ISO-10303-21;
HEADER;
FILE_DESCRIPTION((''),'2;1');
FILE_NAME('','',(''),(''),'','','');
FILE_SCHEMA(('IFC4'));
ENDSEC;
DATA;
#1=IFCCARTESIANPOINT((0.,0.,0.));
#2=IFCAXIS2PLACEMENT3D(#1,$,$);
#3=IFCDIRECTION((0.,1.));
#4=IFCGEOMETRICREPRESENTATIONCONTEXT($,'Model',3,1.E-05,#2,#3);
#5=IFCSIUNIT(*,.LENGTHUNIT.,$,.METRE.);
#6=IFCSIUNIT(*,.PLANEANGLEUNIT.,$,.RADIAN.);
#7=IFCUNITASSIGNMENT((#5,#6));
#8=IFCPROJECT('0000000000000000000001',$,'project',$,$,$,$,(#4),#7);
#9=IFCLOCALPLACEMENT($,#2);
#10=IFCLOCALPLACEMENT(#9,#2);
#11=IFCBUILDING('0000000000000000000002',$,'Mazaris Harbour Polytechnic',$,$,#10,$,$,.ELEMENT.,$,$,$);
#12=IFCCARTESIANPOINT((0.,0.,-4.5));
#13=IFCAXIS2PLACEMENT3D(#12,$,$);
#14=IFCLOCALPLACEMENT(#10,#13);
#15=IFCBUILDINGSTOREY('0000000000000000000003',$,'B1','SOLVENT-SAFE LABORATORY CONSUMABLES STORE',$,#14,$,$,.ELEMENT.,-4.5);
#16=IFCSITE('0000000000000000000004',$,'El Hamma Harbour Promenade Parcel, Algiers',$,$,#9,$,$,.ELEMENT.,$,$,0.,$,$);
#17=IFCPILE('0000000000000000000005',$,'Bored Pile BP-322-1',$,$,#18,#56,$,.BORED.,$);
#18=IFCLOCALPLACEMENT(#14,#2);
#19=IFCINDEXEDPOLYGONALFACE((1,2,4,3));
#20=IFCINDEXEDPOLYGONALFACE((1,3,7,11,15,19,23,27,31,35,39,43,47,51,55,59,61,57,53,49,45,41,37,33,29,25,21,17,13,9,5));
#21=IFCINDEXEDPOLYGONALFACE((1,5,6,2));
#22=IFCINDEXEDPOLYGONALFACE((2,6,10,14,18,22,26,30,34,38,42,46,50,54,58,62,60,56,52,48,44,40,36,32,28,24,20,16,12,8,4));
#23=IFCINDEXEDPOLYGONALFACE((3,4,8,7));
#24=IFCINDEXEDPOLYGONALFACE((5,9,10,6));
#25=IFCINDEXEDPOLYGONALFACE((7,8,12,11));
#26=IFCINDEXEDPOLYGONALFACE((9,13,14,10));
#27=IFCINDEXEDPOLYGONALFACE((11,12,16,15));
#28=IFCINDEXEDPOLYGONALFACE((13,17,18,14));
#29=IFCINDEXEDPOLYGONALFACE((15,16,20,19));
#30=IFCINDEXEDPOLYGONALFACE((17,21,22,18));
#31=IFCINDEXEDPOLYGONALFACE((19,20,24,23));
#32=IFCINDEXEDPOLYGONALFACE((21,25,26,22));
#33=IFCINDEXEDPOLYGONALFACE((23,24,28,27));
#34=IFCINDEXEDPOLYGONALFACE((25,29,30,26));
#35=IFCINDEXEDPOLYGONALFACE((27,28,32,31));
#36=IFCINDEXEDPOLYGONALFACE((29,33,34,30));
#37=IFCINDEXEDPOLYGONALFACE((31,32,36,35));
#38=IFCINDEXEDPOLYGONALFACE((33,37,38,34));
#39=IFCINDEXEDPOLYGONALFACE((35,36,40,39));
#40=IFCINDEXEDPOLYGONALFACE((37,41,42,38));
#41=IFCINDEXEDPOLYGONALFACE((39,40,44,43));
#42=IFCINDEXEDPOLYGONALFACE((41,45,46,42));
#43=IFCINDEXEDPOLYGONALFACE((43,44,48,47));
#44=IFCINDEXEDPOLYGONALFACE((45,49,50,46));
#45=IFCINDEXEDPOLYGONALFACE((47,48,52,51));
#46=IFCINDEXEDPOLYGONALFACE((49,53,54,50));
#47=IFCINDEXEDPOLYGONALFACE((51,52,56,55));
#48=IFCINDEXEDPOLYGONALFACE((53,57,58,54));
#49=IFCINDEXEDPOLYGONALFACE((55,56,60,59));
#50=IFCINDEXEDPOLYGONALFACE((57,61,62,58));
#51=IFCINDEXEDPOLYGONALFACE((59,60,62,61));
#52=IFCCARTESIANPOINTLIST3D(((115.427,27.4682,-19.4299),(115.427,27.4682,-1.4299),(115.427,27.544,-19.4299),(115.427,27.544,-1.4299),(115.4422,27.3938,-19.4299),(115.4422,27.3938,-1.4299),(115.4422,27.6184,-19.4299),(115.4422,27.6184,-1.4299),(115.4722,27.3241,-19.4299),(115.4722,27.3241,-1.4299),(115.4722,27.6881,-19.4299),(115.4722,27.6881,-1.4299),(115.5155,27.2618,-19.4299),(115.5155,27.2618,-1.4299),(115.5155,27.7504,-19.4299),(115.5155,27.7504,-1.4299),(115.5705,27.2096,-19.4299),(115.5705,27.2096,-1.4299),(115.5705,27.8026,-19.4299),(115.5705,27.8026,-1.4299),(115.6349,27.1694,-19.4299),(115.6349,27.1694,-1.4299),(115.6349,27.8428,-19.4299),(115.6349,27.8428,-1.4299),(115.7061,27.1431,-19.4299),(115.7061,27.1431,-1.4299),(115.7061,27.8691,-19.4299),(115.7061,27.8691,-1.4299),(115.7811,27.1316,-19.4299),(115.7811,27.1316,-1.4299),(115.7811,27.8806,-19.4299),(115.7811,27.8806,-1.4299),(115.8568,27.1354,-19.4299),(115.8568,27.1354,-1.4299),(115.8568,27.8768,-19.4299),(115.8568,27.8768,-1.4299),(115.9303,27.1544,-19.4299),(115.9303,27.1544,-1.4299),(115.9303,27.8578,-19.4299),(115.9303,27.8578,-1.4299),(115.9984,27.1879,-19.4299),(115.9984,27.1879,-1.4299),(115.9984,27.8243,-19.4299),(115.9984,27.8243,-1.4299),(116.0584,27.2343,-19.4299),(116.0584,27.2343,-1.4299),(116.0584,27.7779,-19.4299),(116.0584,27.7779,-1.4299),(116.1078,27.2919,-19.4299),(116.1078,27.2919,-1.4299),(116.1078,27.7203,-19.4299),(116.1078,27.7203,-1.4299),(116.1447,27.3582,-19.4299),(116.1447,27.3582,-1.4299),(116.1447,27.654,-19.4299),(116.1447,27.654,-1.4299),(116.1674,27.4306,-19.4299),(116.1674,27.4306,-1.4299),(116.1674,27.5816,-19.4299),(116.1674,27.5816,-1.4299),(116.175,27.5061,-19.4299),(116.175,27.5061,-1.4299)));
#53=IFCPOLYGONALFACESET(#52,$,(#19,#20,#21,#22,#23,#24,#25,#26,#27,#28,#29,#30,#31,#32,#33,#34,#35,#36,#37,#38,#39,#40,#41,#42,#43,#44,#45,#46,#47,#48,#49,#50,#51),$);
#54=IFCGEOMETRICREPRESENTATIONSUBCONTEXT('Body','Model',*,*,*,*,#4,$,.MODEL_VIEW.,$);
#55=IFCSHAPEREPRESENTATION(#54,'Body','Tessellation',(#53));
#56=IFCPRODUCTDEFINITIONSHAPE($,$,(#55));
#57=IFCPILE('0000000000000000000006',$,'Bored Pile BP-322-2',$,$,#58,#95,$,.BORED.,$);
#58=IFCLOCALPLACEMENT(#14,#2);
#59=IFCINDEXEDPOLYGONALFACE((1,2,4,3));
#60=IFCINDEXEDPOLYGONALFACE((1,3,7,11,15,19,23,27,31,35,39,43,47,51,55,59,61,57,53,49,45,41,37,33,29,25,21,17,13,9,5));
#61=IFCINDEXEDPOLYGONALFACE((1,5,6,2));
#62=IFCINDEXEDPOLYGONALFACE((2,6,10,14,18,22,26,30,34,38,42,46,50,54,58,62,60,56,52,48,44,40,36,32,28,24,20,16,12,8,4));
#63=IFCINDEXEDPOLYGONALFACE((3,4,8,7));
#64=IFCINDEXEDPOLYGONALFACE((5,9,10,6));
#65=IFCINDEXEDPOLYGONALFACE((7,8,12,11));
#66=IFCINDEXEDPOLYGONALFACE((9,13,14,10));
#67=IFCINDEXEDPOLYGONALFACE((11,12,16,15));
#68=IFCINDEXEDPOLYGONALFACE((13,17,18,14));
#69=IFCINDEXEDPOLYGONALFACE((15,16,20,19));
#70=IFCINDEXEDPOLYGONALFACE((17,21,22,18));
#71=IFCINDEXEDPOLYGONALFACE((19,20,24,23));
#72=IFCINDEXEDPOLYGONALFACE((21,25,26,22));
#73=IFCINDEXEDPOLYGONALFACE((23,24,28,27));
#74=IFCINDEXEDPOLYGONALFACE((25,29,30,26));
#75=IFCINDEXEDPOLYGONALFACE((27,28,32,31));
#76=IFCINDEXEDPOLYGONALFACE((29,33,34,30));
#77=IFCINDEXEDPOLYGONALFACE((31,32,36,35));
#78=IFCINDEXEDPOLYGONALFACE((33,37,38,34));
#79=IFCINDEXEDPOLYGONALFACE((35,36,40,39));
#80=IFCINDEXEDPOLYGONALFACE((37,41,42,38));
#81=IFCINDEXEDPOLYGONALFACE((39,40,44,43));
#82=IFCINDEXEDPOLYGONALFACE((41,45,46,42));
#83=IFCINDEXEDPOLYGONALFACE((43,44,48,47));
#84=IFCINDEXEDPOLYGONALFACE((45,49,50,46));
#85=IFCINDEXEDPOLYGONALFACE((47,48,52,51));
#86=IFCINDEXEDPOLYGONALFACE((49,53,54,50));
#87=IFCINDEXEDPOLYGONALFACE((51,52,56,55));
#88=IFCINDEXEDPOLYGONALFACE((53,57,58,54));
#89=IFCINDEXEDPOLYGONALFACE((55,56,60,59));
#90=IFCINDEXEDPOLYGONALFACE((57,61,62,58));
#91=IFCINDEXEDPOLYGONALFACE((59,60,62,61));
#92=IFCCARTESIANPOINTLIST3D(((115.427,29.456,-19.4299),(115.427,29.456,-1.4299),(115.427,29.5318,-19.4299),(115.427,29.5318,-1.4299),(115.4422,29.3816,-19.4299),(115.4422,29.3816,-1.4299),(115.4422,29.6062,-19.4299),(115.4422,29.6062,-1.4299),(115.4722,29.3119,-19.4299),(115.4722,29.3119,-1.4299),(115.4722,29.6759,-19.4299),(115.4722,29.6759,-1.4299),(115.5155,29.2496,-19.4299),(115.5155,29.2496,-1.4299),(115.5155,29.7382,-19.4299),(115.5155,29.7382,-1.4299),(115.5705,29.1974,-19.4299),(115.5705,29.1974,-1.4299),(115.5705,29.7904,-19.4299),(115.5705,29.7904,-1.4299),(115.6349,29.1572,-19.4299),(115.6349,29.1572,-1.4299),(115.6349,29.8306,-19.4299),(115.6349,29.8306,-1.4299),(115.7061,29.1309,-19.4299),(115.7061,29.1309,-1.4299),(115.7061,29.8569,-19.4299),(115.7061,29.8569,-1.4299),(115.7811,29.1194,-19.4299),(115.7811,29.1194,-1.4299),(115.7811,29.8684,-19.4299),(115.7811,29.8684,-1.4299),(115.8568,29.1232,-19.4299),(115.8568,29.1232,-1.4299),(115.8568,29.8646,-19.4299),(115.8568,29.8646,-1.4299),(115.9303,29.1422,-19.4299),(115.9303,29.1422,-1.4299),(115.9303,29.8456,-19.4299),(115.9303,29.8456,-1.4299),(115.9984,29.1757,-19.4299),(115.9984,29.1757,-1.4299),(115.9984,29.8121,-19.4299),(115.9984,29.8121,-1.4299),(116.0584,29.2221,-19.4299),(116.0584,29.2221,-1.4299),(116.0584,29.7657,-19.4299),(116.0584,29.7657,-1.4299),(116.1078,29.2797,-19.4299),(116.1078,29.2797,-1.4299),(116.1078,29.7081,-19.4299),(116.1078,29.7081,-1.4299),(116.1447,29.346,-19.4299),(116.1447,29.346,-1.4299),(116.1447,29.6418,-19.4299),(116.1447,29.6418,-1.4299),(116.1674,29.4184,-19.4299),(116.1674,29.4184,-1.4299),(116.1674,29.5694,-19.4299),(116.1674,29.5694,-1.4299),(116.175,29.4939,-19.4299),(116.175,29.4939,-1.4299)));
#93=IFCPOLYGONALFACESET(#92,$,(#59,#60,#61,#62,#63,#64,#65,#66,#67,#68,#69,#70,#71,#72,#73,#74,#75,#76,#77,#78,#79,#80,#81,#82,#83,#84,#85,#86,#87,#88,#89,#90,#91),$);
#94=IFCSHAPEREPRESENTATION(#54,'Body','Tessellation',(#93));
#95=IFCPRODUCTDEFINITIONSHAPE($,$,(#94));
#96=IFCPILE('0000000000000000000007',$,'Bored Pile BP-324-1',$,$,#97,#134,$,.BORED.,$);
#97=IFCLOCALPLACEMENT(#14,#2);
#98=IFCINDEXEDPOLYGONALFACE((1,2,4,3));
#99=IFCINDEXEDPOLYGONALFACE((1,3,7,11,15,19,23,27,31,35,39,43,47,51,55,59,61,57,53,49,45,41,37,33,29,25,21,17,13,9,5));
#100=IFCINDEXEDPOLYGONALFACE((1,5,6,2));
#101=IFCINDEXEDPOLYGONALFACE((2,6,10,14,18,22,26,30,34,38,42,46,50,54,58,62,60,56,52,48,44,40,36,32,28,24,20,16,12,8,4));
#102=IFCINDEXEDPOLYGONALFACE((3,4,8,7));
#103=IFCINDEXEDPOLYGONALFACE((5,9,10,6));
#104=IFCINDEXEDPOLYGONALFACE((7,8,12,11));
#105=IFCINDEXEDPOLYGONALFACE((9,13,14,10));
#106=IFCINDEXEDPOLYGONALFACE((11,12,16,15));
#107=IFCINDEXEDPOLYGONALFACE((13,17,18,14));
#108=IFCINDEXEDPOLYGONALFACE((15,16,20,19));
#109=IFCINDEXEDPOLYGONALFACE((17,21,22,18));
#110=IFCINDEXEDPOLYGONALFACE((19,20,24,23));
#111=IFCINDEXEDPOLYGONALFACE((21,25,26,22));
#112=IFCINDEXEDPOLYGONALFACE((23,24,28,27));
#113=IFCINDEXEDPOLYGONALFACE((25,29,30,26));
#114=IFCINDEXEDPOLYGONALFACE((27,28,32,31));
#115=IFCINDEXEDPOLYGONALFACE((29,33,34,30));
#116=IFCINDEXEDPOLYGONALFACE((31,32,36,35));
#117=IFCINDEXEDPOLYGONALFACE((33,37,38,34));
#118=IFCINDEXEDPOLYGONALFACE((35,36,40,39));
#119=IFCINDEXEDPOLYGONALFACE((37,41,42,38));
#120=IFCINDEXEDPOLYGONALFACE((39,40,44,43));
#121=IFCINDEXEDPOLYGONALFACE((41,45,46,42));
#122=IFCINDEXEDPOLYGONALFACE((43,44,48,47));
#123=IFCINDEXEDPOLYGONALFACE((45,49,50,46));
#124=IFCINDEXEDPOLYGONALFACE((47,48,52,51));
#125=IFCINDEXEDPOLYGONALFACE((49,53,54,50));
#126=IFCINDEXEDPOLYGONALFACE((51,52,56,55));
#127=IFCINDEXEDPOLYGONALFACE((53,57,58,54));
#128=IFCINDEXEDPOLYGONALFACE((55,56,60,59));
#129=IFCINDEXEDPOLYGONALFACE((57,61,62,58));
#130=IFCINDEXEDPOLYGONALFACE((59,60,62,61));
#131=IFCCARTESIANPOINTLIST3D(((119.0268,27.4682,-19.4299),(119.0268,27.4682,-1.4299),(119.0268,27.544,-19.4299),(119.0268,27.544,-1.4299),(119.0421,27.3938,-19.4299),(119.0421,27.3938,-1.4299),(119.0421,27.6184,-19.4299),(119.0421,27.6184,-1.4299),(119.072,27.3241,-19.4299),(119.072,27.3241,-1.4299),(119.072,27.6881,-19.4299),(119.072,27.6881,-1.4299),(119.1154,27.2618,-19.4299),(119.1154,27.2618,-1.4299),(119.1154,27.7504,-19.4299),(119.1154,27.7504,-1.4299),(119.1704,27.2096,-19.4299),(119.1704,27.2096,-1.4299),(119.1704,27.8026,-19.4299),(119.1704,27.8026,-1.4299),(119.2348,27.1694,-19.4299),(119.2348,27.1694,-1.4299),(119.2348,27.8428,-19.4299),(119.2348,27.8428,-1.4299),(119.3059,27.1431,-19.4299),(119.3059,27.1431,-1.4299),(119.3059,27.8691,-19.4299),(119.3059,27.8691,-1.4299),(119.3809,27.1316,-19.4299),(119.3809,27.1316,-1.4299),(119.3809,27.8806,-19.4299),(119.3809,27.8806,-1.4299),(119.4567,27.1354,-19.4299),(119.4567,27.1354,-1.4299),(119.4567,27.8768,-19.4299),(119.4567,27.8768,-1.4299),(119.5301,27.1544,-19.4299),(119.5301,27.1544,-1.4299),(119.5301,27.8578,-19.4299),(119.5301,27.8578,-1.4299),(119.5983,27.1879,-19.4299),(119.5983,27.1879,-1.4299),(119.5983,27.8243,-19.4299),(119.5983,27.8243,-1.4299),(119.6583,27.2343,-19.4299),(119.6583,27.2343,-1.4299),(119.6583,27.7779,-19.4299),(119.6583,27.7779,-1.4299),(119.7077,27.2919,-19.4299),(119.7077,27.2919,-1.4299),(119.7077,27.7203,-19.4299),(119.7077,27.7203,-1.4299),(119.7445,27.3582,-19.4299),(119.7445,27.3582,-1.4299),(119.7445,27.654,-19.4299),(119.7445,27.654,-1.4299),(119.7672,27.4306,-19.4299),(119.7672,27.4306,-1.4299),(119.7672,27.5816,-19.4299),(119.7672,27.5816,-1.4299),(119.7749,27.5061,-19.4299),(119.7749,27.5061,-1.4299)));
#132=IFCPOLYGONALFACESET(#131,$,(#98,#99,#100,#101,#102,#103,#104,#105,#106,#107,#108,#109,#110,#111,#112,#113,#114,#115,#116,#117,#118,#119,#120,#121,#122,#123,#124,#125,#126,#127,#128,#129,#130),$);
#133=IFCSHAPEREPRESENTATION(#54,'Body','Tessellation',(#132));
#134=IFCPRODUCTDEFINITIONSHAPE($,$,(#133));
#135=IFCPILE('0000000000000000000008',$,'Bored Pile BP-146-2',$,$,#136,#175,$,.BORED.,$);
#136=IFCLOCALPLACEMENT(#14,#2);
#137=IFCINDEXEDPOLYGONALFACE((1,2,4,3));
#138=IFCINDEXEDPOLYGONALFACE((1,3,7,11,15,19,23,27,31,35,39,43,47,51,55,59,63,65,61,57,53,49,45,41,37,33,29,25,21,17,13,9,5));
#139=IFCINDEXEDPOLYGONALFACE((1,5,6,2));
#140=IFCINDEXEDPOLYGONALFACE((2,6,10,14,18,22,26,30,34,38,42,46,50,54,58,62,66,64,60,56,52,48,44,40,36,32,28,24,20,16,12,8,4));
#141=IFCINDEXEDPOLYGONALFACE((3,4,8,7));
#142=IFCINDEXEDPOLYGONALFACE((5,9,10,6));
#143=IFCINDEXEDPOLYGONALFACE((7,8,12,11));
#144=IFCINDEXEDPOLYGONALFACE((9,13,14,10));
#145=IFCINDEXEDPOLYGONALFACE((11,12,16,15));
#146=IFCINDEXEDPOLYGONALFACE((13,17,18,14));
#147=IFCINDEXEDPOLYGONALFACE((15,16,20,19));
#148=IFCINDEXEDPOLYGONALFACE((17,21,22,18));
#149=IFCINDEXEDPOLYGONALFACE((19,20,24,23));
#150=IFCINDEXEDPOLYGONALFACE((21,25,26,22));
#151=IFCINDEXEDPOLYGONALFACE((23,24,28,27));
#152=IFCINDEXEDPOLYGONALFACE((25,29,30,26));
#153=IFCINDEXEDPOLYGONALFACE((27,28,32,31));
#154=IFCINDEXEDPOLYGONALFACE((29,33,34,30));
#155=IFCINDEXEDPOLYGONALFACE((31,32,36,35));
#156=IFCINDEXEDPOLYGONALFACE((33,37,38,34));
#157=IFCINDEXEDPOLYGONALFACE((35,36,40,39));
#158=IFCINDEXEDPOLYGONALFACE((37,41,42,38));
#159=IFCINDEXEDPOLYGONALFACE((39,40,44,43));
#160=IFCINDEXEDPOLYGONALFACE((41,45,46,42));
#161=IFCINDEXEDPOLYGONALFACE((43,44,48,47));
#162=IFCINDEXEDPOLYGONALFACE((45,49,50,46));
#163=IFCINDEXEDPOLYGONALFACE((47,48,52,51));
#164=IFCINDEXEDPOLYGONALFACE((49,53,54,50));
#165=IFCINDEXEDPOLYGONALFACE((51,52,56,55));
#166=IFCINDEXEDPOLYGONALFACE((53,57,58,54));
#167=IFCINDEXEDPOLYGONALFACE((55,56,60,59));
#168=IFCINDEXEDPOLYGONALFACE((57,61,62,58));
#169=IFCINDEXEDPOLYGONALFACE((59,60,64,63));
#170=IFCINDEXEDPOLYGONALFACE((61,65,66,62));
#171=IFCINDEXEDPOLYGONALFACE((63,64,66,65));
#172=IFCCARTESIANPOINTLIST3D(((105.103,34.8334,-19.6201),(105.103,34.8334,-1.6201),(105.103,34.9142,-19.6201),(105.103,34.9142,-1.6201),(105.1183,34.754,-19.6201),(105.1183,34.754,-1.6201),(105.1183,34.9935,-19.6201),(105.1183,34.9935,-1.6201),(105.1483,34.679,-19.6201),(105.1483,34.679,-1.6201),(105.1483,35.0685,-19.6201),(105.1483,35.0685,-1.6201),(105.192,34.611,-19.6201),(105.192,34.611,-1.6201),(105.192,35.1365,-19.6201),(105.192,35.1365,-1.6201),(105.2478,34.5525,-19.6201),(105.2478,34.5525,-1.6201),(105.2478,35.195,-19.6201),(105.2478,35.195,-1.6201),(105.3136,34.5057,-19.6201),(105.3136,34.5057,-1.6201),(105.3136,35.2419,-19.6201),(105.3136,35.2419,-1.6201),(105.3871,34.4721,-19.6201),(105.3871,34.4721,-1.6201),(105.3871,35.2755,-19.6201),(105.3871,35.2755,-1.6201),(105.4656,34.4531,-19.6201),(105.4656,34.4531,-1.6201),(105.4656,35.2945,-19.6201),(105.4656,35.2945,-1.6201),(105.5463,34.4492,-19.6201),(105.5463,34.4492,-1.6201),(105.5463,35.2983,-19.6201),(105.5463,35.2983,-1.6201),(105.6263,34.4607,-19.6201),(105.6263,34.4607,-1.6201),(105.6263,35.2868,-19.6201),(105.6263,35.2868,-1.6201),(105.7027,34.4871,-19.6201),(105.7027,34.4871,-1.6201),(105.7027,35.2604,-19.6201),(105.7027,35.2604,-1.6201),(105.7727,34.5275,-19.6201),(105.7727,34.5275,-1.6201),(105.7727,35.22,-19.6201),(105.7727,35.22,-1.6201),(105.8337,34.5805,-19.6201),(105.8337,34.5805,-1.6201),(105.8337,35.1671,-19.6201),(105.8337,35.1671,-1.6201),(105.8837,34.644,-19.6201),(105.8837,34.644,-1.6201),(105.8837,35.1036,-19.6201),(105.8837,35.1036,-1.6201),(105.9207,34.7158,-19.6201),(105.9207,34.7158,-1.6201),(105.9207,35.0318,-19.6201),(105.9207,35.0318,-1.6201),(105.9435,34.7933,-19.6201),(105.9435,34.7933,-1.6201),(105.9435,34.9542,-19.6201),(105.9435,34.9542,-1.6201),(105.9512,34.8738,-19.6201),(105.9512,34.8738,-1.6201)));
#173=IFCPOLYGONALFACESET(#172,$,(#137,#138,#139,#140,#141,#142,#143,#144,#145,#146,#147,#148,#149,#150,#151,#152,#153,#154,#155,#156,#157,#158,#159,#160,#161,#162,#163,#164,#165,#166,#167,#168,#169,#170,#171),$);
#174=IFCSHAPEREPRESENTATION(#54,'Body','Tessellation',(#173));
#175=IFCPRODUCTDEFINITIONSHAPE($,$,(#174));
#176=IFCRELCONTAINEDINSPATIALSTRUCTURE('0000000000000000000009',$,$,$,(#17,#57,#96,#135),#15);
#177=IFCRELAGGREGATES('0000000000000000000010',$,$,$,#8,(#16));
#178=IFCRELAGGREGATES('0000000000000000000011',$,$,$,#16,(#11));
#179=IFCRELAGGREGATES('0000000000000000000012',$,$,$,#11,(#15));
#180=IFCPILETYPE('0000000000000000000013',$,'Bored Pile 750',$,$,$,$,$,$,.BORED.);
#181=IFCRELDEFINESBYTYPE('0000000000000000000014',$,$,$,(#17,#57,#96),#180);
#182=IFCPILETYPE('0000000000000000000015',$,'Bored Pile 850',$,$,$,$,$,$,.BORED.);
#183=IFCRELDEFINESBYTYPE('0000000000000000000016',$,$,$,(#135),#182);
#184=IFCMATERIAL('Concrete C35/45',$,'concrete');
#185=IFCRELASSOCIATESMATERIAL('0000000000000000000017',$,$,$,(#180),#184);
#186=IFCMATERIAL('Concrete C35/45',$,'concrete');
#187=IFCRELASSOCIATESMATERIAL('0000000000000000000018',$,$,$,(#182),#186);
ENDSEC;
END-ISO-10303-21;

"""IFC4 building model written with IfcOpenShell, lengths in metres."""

from ifc_helpers import new_model, si_unit, direction, frame, origin, origin_2d, place, context, subcontext, project, spatial, circle, extrude, material, material_profile, profile_set, type_object, element, save


model = new_model("IFC4")

# Units and contexts
model_context = context("Model", 3, precision=1e-05, world=origin(), true_north=direction((0.0, 1.0)))
body_context = subcontext(model_context, "Body", "Model", "MODEL_VIEW")
ifc_project = project(units=[si_unit("LENGTHUNIT", "METRE"), si_unit("PLANEANGLEUNIT", "RADIAN")], contexts=[model_context])

# Site, building, storey
site_placement = place(None, origin())
site = spatial("IfcSite", under=ifc_project, at=site_placement, Name="El Hamma Harbour Promenade Parcel, Algiers", CompositionType="ELEMENT", RefElevation=0.0)
building_placement = place(site_placement, origin())
building = spatial("IfcBuilding", under=site, at=building_placement, Name="Mazaris Harbour Polytechnic", CompositionType="ELEMENT")
storey_placement = place(building_placement, frame((0.0, 0.0, -4.5)))
storey = spatial("IfcBuildingStorey", under=building, at=storey_placement, Name="B1", Description="SOLVENT-SAFE LABORATORY CONSUMABLES STORE", CompositionType="ELEMENT", Elevation=-4.5)

# Piles
ifc_material_1 = material(Name="Concrete C35/45", Category="concrete")
ifc_material_profile_1 = material_profile(ifc_material_1, circle(Radius=0.375, at=origin_2d()), Name="DIA750")
ifc_profile_set_1 = profile_set([ifc_material_profile_1], Name="Concrete C35/45")
pile_type_1 = type_object("IfcPileType", Name="Bored Pile 750", PredefinedType="BORED", material=ifc_profile_set_1)
for number, where, z_axis, x_axis, name in (
    (1, (115.8, 27.5061, -1.4299), (0.0, 0.0, -1.0), (1.0, 0.0, 0.0), "Bored Pile BP-322-1"),
    (2, (115.8, 29.4939, -1.4299), (0.0, 0.0, -1.0), (1.0, 0.0, 0.0), "Bored Pile BP-322-2"),
    (3, (119.3999, 27.5061, -1.4299), (0.0, 0.0, -1.0), (1.0, 0.0, 0.0), "Bored Pile BP-324-1"),
):
    element("IfcPile", number, at=place(storey_placement, frame(where, z_axis=z_axis, x_axis=x_axis)), inside=storey, type_object=pile_type_1, Name=name, PredefinedType="BORED", context=body_context, shape_type="SweptSolid", body=[
        extrude(circle(Radius=0.375, at=origin_2d()), origin(), (0.0, 0.0, 1.0), 18.0),
    ])
ifc_material_2 = material(Name="Concrete C35/45", Category="concrete")
ifc_material_profile_2 = material_profile(ifc_material_2, circle(Radius=0.425, at=origin_2d()), Name="DIA850")
ifc_profile_set_2 = profile_set([ifc_material_profile_2], Name="Concrete C35/45")
pile_type_2 = type_object("IfcPileType", Name="Bored Pile 850", PredefinedType="BORED", material=ifc_profile_set_2)
for number, where, z_axis, x_axis, name in (
    (4, (105.5261, 34.8738, -1.6201), (0.0, 0.0, -1.0), (1.0, 0.0, 0.0), "Bored Pile BP-146-2"),
):
    element("IfcPile", number, at=place(storey_placement, frame(where, z_axis=z_axis, x_axis=x_axis)), inside=storey, type_object=pile_type_2, Name=name, PredefinedType="BORED", context=body_context, shape_type="SweptSolid", body=[
        extrude(circle(Radius=0.425, at=origin_2d()), origin(), (0.0, 0.0, 1.0), 18.0),
    ])

save(model, "model.ifc")
